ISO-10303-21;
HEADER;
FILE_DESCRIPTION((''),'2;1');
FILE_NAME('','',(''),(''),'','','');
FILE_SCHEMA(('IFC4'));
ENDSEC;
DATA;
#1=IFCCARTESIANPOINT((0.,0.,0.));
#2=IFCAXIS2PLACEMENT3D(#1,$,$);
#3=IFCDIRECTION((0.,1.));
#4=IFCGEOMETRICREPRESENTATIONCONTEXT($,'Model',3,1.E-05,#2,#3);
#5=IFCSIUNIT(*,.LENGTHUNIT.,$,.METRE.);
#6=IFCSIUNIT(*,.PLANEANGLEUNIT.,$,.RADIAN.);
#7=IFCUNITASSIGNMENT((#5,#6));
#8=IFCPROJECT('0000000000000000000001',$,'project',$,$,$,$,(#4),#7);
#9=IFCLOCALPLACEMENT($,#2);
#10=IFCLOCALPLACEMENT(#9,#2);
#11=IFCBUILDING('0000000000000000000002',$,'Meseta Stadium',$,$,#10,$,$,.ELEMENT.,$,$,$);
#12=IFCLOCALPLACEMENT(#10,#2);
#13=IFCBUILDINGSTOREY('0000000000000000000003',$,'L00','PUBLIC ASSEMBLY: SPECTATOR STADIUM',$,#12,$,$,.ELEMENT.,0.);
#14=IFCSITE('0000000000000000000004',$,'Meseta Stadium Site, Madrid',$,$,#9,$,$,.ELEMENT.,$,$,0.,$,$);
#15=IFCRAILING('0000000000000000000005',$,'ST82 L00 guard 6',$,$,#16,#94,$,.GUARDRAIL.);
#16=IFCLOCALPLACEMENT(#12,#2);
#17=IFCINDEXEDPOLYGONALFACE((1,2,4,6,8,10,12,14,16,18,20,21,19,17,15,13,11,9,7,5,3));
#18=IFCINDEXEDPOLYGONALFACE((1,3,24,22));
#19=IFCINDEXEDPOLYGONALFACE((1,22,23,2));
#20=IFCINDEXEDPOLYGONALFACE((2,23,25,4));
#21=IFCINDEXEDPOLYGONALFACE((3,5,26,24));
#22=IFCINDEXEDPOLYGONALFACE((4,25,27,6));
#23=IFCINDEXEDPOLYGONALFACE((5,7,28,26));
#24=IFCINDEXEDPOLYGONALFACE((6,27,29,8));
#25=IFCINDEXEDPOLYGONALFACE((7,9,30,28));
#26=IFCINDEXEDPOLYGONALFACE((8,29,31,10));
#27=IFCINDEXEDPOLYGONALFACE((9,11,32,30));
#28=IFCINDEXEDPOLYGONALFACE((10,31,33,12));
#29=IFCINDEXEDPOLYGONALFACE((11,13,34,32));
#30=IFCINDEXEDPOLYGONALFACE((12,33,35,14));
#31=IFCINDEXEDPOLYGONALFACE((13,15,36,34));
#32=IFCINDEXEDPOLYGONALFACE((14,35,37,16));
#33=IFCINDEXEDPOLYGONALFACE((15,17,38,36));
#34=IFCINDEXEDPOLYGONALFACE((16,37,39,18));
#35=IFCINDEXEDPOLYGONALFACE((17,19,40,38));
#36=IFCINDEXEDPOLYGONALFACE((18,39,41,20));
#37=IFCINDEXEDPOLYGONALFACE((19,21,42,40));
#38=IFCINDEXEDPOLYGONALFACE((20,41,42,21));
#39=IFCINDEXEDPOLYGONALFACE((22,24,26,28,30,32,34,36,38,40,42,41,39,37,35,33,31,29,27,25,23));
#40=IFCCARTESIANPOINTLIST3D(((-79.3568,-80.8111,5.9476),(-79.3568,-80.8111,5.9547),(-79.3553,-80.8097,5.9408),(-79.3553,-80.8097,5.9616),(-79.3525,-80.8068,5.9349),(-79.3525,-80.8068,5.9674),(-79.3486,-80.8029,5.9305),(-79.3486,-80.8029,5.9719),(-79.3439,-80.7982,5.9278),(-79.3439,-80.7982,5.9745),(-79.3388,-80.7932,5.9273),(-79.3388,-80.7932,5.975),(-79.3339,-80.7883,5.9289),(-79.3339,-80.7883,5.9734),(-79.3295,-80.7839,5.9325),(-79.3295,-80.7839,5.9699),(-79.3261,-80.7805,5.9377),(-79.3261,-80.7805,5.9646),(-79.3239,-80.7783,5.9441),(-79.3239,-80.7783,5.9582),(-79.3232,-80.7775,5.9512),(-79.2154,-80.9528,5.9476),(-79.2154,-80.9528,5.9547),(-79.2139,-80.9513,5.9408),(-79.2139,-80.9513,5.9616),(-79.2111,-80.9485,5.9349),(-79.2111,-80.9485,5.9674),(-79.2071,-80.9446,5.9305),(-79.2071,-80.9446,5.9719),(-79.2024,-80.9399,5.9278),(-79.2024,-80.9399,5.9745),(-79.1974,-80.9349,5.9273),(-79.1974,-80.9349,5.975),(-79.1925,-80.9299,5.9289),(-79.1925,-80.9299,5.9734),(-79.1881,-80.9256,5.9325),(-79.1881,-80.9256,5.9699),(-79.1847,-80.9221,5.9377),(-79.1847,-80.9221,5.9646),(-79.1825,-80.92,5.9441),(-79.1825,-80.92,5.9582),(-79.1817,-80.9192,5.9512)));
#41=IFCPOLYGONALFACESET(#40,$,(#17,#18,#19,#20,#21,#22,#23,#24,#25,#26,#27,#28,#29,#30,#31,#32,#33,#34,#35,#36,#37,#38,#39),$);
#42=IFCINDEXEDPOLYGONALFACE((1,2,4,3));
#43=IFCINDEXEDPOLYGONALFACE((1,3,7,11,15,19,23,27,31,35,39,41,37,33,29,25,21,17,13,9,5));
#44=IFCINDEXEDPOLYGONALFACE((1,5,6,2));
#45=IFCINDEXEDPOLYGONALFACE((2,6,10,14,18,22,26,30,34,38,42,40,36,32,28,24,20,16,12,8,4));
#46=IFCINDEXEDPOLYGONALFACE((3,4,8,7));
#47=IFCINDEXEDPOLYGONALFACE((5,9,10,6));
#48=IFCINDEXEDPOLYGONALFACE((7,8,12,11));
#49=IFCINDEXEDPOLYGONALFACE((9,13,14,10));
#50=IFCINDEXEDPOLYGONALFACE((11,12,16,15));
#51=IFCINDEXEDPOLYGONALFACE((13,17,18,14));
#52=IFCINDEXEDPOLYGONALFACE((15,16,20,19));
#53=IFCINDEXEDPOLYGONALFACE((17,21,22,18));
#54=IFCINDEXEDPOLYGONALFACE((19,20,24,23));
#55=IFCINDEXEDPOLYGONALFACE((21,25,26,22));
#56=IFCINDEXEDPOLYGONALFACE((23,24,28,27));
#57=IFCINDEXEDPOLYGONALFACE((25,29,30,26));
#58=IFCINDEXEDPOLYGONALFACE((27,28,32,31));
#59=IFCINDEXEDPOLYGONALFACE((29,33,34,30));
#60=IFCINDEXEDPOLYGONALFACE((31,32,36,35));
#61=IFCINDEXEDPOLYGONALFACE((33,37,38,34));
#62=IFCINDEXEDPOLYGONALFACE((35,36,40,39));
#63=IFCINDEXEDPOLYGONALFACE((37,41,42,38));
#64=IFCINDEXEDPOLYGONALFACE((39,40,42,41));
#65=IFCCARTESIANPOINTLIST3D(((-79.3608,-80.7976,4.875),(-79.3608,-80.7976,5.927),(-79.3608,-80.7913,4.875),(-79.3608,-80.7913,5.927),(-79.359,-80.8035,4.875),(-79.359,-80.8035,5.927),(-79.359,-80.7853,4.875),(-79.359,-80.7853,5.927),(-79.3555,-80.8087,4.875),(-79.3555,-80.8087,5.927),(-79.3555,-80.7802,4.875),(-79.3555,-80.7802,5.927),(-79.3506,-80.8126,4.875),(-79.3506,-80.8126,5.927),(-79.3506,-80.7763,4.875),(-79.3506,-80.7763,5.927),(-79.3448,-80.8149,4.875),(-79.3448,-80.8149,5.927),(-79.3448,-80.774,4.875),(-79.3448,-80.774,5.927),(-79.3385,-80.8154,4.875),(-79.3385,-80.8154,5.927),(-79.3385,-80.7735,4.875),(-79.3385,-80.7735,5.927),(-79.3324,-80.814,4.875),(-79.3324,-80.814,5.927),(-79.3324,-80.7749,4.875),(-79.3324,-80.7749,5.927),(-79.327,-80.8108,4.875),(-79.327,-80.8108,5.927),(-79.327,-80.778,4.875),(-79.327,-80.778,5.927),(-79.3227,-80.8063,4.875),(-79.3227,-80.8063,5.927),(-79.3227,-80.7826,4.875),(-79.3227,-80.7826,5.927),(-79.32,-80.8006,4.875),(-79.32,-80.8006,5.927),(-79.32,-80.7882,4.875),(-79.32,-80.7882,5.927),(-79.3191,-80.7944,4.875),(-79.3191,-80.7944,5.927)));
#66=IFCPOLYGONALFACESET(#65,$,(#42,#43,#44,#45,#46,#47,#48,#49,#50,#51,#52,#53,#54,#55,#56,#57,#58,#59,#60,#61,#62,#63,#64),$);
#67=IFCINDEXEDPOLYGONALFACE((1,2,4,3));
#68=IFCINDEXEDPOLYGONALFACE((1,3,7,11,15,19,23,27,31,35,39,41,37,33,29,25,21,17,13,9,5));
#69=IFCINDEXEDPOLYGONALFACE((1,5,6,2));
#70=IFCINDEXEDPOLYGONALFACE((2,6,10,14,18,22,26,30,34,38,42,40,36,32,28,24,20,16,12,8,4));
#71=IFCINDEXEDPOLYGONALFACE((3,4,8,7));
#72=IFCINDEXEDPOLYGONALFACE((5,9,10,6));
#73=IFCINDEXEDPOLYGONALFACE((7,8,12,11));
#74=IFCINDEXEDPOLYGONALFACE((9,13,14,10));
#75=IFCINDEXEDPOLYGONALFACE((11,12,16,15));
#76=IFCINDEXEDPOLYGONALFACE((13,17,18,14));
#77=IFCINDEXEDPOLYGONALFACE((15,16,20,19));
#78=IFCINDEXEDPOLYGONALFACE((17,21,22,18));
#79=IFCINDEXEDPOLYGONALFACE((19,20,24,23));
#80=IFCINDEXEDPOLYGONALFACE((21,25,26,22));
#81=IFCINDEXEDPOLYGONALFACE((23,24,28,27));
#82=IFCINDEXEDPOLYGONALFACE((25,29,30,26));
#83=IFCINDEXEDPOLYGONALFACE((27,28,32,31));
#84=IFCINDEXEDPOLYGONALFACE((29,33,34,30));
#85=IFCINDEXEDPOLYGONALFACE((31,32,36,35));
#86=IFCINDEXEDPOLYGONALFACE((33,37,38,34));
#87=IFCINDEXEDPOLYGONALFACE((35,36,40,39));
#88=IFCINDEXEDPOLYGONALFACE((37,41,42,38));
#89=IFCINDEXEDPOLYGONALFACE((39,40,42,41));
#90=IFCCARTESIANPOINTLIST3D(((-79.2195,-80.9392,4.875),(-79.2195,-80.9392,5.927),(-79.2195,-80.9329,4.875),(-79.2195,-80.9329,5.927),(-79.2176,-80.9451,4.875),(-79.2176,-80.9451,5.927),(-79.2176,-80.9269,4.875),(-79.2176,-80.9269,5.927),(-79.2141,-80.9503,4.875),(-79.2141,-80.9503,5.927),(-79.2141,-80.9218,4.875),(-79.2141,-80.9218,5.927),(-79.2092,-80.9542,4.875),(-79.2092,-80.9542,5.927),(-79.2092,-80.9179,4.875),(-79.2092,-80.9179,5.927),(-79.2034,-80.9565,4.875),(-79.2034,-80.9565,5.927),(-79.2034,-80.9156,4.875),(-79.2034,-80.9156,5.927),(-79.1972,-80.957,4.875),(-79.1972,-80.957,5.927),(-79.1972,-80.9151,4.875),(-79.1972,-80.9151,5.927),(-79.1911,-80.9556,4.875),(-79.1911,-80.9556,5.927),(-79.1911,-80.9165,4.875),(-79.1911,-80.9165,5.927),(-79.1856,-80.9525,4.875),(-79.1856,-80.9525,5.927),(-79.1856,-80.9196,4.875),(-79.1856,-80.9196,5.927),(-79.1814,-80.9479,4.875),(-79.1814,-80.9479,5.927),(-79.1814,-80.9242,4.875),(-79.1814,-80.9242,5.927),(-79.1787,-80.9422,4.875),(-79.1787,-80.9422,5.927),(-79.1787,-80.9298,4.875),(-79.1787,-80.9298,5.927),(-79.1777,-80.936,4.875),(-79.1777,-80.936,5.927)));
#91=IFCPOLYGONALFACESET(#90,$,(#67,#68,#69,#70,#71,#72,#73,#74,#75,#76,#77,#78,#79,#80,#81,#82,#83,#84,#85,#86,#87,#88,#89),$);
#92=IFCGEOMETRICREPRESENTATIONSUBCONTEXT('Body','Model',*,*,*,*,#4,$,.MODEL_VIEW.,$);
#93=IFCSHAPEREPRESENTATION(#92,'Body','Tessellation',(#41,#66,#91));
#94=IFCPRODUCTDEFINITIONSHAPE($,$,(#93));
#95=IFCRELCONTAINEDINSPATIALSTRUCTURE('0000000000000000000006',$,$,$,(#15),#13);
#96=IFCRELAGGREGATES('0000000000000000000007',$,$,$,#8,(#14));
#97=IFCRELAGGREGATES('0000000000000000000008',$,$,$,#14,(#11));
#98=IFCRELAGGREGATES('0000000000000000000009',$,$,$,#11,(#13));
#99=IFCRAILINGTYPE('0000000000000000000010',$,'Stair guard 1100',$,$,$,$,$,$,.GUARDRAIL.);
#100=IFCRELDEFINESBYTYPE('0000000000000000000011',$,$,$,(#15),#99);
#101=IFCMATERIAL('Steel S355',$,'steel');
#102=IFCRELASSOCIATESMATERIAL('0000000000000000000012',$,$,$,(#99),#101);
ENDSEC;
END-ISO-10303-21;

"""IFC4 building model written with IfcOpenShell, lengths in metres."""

from ifc_helpers import new_model, si_unit, direction, frame, origin, origin_2d, place, context, subcontext, project, spatial, circle, extrude, material, type_object, element, save


model = new_model("IFC4")

# Units and contexts
model_context = context("Model", 3, precision=1e-05, world=origin(), true_north=direction((0.0, 1.0)))
body_context = subcontext(model_context, "Body", "Model", "MODEL_VIEW")
ifc_project = project(units=[si_unit("LENGTHUNIT", "METRE"), si_unit("PLANEANGLEUNIT", "RADIAN")], contexts=[model_context])

# Site, building, storey
site_placement = place(None, origin())
site = spatial("IfcSite", under=ifc_project, at=site_placement, Name="Meseta Stadium Site, Madrid", CompositionType="ELEMENT", RefElevation=0.0)
building_placement = place(site_placement, origin())
building = spatial("IfcBuilding", under=site, at=building_placement, Name="Meseta Stadium", CompositionType="ELEMENT")
storey_placement = place(building_placement, origin())
storey = spatial("IfcBuildingStorey", under=building, at=storey_placement, Name="L00", Description="PUBLIC ASSEMBLY: SPECTATOR STADIUM", CompositionType="ELEMENT", Elevation=0.0)

# Railing
ifc_material_1 = material(Name="Steel S355", Category="steel")
railing_type_1 = type_object("IfcRailingType", Name="Stair guard 1100", PredefinedType="GUARDRAIL", material=ifc_material_1)
railing_1_placement = place(storey_placement, frame((-79.3401, -80.7944, 4.875)))
element("IfcRailing", 1, at=railing_1_placement, inside=storey, type_object=railing_type_1, Name="ST82 L00 guard 6", PredefinedType="GUARDRAIL", context=body_context, shape_type="SweptSolid", body=[
    extrude(circle(Radius=0.0239, at=origin_2d()), frame((0.0, 0.0, 1.0762), z_axis=(0.706496, -0.707717, 0.0), x_axis=(0.707717, 0.706496, 0.0)), (0.0, 0.0, 1.0), 0.2002),
    extrude(circle(Radius=0.021, at=origin_2d()), origin(), (0.0, 0.0, 1.0), 1.052),
    extrude(circle(Radius=0.021, at=origin_2d()), frame((0.1414, -0.1416, 0.0)), (0.0, 0.0, 1.0), 1.052),
])

save(model, "model.ifc")
